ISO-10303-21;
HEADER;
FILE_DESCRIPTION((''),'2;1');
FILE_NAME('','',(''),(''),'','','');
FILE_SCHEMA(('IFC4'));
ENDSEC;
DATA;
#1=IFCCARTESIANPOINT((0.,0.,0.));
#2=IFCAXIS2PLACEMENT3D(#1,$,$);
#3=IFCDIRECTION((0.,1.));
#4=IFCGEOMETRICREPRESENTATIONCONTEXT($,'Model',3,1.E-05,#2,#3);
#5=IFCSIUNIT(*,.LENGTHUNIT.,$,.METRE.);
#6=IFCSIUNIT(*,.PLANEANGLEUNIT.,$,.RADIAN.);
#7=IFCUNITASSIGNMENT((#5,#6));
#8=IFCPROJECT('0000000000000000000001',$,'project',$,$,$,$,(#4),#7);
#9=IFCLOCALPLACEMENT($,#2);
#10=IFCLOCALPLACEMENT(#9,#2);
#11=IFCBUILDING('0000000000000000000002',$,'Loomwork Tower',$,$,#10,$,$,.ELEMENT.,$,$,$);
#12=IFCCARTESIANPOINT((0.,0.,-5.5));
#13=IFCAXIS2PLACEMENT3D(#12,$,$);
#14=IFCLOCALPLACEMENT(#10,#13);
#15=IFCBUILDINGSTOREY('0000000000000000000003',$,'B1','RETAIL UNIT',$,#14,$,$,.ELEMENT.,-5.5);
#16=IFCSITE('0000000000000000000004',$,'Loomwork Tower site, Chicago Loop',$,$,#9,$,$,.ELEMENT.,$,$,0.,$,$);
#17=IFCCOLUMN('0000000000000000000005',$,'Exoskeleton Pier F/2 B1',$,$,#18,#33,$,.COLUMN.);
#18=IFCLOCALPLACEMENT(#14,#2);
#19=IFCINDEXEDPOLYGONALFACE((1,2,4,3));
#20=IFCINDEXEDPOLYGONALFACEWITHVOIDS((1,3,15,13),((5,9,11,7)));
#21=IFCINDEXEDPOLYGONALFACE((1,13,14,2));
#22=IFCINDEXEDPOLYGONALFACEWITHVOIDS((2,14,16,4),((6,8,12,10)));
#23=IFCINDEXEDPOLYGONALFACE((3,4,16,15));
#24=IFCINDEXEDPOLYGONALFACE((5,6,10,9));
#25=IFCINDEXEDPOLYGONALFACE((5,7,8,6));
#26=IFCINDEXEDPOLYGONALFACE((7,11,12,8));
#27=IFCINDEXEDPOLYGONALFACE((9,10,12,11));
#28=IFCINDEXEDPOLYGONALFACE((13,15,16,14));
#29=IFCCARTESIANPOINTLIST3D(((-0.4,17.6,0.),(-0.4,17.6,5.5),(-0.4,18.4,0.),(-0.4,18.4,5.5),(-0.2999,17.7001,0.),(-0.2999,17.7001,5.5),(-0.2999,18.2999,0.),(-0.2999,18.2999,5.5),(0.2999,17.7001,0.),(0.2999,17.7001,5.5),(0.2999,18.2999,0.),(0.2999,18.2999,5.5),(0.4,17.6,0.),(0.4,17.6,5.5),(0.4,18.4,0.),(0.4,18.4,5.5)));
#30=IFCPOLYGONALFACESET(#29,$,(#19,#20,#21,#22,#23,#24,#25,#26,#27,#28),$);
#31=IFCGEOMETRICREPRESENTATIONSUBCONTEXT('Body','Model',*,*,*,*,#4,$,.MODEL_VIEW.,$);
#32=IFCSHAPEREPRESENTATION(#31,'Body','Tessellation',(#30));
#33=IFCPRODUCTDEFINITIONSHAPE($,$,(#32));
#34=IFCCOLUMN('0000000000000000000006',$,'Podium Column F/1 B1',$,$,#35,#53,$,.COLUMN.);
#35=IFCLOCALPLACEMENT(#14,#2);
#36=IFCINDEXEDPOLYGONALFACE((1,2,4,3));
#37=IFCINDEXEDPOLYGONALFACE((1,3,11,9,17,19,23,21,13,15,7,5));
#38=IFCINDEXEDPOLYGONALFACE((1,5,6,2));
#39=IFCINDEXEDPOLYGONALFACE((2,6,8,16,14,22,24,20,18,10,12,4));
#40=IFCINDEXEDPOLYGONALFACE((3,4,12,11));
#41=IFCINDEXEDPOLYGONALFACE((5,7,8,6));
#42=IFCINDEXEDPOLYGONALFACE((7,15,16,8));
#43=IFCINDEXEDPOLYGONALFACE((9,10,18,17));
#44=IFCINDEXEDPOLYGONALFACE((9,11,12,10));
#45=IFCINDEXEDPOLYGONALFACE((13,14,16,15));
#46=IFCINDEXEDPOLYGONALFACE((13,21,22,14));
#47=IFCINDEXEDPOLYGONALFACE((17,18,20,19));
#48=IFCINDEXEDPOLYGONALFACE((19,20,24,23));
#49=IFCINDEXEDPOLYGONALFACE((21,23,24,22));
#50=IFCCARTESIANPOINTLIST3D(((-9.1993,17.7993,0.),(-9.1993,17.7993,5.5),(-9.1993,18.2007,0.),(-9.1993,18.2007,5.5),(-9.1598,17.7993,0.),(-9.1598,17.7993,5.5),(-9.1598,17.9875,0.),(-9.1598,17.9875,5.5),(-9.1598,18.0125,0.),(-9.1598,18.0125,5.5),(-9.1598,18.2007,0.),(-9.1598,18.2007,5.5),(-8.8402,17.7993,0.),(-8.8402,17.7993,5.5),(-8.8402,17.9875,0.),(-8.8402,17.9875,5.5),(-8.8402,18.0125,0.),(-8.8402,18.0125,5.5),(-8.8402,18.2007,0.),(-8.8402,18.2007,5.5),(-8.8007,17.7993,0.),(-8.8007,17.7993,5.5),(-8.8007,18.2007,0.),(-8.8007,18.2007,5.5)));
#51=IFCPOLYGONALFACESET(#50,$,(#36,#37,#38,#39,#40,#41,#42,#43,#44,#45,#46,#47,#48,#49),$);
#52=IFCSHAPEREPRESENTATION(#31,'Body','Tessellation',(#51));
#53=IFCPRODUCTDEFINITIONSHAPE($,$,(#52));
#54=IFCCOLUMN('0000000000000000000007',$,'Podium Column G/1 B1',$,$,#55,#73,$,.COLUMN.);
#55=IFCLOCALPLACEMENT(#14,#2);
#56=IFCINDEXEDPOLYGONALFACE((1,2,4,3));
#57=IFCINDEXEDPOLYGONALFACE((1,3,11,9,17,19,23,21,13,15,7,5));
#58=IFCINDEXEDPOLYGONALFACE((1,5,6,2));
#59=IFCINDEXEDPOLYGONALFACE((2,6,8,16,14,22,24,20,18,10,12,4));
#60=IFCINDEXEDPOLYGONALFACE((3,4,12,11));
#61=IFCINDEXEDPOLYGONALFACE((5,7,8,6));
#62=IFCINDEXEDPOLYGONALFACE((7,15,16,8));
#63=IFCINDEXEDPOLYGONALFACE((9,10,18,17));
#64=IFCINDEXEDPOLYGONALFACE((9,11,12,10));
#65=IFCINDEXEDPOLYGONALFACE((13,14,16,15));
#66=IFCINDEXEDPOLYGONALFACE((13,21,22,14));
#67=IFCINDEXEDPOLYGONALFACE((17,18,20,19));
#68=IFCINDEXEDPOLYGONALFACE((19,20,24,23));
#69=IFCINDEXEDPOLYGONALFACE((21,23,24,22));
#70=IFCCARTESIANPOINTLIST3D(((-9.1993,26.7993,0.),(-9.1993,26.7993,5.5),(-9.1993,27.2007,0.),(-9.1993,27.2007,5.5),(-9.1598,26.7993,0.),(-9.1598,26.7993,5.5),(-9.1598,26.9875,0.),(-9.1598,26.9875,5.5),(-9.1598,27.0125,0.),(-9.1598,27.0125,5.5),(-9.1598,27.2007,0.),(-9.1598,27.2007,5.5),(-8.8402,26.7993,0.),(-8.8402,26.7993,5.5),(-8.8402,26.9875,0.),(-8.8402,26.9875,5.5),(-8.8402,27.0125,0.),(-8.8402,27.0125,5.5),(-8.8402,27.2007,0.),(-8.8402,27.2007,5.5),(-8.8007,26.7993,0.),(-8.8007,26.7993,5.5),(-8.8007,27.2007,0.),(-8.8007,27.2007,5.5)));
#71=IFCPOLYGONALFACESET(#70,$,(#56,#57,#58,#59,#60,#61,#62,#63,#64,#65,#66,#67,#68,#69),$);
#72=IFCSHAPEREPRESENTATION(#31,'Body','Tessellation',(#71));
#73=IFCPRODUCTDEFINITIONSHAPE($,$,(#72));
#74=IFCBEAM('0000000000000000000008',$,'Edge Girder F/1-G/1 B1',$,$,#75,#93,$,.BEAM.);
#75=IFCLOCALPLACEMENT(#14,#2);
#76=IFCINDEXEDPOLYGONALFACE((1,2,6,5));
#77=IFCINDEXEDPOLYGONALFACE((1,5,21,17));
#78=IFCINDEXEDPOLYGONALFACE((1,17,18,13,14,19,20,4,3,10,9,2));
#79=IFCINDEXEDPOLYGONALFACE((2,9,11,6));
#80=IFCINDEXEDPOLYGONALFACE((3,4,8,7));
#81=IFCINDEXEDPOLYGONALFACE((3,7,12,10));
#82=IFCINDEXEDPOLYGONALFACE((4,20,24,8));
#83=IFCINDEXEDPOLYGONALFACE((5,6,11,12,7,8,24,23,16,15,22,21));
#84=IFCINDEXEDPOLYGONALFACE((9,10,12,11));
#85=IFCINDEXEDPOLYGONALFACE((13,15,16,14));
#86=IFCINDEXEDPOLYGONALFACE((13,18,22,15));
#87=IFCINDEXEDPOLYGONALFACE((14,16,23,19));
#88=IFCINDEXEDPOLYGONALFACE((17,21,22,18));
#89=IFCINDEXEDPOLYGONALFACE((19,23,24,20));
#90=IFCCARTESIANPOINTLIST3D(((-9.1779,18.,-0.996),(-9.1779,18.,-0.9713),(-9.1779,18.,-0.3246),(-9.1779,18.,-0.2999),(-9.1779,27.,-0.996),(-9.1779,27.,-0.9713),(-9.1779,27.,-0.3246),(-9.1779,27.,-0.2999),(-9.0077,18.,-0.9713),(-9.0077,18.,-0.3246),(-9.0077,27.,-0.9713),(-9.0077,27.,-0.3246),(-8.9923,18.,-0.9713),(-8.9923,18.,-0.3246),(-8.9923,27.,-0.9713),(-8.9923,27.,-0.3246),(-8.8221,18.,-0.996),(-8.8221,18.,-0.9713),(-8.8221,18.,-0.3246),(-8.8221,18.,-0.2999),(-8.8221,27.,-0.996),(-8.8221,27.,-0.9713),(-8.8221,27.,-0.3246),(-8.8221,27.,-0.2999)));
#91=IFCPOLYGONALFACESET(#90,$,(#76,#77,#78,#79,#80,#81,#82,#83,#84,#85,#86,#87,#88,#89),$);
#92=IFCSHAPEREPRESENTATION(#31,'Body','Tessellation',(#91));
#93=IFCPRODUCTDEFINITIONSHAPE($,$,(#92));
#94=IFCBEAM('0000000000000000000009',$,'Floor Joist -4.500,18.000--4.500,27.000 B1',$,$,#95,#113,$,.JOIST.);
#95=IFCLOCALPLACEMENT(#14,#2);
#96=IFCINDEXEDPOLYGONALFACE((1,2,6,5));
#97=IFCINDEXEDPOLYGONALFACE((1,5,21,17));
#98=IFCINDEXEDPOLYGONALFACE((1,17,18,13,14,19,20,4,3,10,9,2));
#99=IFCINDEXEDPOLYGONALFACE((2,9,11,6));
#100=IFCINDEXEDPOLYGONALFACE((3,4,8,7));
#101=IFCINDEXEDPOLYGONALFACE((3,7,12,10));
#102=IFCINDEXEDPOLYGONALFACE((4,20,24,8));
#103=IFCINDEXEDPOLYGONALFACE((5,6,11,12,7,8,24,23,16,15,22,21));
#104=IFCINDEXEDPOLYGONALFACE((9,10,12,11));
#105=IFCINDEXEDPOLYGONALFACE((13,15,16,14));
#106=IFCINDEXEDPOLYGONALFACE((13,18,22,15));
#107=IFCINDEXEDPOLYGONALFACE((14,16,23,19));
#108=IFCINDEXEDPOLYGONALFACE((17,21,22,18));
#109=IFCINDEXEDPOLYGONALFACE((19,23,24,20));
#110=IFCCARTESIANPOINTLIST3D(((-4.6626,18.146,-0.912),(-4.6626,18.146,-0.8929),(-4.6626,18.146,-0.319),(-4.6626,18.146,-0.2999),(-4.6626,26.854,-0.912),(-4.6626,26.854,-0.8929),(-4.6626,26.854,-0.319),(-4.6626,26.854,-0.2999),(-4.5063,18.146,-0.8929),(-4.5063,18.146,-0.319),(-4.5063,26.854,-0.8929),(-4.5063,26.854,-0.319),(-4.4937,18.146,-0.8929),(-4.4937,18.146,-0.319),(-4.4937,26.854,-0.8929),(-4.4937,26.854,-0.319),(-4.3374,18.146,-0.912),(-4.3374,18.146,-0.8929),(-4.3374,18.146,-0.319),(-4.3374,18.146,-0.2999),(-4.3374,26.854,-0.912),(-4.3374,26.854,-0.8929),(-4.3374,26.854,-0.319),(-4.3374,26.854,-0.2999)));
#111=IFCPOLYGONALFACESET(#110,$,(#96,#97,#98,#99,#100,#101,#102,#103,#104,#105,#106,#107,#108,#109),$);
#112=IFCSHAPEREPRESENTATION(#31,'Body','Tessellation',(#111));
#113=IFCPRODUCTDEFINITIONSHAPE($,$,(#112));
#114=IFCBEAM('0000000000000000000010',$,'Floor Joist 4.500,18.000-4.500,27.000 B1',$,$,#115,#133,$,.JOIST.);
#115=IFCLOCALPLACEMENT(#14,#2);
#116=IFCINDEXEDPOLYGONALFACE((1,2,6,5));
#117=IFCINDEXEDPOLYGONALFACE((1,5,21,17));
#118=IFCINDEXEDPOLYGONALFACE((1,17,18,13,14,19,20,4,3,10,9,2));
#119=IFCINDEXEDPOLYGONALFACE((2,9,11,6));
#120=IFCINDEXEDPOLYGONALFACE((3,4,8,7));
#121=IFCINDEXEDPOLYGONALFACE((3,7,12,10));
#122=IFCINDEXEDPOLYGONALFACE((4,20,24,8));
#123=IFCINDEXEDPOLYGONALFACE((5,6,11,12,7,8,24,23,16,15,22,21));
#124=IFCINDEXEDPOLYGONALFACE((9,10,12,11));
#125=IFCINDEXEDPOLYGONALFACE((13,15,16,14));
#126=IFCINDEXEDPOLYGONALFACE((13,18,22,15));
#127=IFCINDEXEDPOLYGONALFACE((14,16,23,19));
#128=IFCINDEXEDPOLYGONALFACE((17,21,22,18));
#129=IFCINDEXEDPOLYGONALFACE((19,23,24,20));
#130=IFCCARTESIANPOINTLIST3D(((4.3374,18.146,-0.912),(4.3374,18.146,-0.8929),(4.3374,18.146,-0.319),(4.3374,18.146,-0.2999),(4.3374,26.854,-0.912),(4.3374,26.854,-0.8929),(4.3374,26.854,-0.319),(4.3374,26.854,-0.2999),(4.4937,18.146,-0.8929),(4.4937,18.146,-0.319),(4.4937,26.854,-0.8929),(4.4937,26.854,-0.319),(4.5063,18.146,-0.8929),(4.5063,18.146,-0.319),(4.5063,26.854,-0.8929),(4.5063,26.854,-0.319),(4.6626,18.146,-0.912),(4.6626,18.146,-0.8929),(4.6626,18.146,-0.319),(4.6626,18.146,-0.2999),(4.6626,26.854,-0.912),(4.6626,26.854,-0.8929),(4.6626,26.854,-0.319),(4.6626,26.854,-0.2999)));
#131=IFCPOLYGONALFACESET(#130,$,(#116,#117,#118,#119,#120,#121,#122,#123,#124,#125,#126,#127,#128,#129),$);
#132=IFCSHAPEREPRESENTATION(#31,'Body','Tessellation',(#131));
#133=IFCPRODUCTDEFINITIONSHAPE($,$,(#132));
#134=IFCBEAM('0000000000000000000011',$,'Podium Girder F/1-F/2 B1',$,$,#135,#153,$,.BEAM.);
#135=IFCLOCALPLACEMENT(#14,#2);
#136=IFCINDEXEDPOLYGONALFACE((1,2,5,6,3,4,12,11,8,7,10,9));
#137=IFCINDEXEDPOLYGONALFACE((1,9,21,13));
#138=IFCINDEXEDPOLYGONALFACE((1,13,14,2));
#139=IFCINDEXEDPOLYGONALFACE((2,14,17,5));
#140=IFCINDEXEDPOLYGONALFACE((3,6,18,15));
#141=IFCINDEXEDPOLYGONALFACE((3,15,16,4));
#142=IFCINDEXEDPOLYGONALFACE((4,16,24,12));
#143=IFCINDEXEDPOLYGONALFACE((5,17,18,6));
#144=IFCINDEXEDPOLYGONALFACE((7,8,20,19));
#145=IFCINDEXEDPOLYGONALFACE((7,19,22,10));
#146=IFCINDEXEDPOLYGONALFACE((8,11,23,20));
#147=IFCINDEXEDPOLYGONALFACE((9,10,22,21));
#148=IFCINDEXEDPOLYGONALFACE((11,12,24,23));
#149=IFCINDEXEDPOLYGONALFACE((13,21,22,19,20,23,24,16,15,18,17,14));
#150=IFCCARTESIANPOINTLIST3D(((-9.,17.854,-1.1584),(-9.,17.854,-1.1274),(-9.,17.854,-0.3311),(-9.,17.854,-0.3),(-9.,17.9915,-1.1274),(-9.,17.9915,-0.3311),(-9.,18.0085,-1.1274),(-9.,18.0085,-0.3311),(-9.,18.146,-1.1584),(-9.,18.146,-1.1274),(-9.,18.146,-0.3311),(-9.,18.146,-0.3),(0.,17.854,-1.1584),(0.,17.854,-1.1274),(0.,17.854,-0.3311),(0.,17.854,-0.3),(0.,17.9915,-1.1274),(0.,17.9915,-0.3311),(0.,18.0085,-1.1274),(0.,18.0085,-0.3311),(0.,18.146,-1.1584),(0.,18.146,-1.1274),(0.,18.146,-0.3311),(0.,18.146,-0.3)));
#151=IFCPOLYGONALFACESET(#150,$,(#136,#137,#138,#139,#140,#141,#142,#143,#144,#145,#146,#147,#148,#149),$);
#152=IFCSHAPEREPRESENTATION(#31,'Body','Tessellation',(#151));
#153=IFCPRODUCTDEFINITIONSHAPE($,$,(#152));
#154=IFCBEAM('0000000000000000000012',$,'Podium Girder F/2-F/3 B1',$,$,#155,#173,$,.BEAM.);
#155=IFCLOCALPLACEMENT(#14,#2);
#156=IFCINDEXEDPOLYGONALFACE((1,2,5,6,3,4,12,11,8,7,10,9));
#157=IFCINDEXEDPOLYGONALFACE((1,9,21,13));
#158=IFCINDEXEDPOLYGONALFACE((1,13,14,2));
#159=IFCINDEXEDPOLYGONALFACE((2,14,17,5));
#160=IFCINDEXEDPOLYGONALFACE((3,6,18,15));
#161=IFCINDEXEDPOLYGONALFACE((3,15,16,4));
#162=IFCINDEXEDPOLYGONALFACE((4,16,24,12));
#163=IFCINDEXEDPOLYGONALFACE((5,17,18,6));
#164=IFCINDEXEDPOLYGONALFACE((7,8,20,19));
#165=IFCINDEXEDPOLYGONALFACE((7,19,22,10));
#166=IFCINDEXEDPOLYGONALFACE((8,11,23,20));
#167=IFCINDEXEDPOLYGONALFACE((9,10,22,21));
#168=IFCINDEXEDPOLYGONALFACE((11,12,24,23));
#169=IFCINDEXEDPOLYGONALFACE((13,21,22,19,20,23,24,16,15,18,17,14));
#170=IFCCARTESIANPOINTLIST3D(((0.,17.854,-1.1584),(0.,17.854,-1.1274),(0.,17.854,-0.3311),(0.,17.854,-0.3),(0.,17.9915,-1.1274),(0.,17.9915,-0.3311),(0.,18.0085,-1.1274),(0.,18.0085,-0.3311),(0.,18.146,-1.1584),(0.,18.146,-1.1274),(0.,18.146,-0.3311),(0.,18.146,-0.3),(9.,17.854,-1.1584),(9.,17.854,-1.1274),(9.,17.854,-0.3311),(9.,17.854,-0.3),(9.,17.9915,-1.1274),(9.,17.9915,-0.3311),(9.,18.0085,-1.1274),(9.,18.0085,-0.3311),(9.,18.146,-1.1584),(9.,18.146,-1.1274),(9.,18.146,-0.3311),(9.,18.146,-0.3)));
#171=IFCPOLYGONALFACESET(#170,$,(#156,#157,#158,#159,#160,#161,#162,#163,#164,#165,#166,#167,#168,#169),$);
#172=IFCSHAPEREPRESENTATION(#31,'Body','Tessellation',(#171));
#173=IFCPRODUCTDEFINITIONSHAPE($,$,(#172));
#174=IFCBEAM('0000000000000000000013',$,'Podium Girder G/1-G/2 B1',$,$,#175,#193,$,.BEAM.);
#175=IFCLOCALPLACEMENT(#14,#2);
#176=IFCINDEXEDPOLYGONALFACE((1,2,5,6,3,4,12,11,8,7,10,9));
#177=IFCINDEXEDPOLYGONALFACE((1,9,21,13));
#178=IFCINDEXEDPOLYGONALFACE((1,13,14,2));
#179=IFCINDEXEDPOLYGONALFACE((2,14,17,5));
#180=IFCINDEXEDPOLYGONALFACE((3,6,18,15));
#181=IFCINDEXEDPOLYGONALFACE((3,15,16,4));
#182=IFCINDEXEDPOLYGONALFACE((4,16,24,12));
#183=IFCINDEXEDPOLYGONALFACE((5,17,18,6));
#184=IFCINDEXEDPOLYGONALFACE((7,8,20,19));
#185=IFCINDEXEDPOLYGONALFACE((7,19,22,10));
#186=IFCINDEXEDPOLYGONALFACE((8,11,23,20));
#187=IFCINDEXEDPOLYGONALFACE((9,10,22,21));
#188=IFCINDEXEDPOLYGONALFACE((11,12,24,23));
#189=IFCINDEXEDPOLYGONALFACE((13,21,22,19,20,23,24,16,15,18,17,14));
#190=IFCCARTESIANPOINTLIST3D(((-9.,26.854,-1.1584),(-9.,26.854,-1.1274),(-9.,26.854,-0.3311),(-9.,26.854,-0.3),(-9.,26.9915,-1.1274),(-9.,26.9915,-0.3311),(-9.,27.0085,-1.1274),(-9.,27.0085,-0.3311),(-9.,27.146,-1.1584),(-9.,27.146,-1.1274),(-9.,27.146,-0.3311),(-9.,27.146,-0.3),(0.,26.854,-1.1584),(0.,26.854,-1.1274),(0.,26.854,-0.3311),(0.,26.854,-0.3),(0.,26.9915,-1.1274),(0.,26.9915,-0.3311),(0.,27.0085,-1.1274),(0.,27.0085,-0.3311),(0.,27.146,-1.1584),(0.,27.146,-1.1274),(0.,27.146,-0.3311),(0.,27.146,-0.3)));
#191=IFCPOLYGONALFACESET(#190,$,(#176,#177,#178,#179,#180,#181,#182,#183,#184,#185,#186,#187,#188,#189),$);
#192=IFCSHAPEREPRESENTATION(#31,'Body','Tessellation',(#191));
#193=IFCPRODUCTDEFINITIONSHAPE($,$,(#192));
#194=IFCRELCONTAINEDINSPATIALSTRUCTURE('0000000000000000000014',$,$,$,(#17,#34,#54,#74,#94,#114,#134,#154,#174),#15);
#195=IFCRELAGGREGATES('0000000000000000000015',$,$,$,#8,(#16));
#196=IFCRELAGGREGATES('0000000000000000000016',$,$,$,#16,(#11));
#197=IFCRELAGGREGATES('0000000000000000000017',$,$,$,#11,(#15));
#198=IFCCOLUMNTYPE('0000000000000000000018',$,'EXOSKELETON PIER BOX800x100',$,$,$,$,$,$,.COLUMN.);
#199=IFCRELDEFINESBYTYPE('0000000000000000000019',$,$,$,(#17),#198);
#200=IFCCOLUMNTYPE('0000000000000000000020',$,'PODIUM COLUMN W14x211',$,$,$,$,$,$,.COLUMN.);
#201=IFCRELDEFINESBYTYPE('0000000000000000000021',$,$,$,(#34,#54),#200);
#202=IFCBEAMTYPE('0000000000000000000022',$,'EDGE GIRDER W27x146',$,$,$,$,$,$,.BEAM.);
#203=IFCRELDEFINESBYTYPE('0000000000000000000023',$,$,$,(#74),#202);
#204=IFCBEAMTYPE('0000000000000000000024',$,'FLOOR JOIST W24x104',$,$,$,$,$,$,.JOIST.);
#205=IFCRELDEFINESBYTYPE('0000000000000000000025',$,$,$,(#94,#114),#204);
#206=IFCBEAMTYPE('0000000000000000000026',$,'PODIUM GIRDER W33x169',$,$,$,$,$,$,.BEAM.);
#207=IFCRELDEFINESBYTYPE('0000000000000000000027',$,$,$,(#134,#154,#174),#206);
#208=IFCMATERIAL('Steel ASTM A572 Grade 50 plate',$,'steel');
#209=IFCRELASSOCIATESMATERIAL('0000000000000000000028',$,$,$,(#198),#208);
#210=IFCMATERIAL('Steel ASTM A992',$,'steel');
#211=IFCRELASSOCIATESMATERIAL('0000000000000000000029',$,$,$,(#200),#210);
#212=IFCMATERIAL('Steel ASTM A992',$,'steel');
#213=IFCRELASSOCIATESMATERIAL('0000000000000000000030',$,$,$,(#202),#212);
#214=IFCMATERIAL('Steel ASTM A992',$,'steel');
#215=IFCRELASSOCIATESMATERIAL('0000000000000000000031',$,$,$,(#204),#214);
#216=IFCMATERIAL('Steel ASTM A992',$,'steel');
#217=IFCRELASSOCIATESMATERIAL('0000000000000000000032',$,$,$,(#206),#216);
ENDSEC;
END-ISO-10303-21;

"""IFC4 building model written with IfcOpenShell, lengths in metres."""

from ifc_helpers import new_model, si_unit, direction, frame, origin, origin_2d, place, context, subcontext, project, spatial, hollow_rectangle, i_section, extrude, material, material_profile, profile_set, type_object, element, save


model = new_model("IFC4")

# Units and contexts
model_context = context("Model", 3, precision=1e-05, world=origin(), true_north=direction((0.0, 1.0)))
body_context = subcontext(model_context, "Body", "Model", "MODEL_VIEW")
ifc_project = project(units=[si_unit("LENGTHUNIT", "METRE"), si_unit("PLANEANGLEUNIT", "RADIAN")], contexts=[model_context])

# Site, building, storey
site_placement = place(None, origin())
site = spatial("IfcSite", under=ifc_project, at=site_placement, Name="Loomwork Tower site, Chicago Loop", CompositionType="ELEMENT", RefElevation=0.0)
building_placement = place(site_placement, origin())
building = spatial("IfcBuilding", under=site, at=building_placement, Name="Loomwork Tower", CompositionType="ELEMENT")
storey_placement = place(building_placement, frame((0.0, 0.0, -5.5)))
storey = spatial("IfcBuildingStorey", under=building, at=storey_placement, Name="B1", Description="RETAIL UNIT", CompositionType="ELEMENT", Elevation=-5.5)

# Columns
ifc_material_1 = material(Name="Steel ASTM A572 Grade 50 plate", Category="steel")
ifc_material_profile_1 = material_profile(ifc_material_1, hollow_rectangle(XDim=0.8, YDim=0.8, WallThickness=0.1001, at=origin_2d()), Name="BOX800x100")
ifc_profile_set_1 = profile_set([ifc_material_profile_1], Name="Steel ASTM A572 Grade 50 plate")
column_type_1 = type_object("IfcColumnType", Name="EXOSKELETON PIER BOX800x100", PredefinedType="COLUMN", material=ifc_profile_set_1)
column_placement = place(storey_placement, frame((0.0, 18.0, 0.0), z_axis=(0.0, 0.0, 1.0), x_axis=(0.0, 1.0, 0.0)))
element("IfcColumn", 1, at=column_placement, inside=storey, type_object=column_type_1, Name="Exoskeleton Pier F/2 B1", PredefinedType="COLUMN", context=body_context, shape_type="SweptSolid", body=[
    extrude(hollow_rectangle(XDim=0.8, YDim=0.8, WallThickness=0.1001, at=origin_2d()), origin(), (0.0, 0.0, 1.0), 5.5),
])
ifc_material_2 = material(Name="Steel ASTM A992", Category="steel")
ifc_material_profile_2 = material_profile(ifc_material_2, i_section(OverallWidth=0.4014, OverallDepth=0.3987, WebThickness=0.0249, FlangeThickness=0.0396, at=origin_2d()), Name="W14x211")
ifc_profile_set_2 = profile_set([ifc_material_profile_2], Name="Steel ASTM A992")
column_type_2 = type_object("IfcColumnType", Name="PODIUM COLUMN W14x211", PredefinedType="COLUMN", material=ifc_profile_set_2)
for number, where, z_axis, x_axis, name in (
    (2, (-9.0, 18.0, 0.0), (0.0, 0.0, 1.0), (0.0, 1.0, 0.0), "Podium Column F/1 B1"),
    (3, (-9.0, 27.0, 0.0), (0.0, 0.0, 1.0), (0.0, 1.0, 0.0), "Podium Column G/1 B1"),
):
    element("IfcColumn", number, at=place(storey_placement, frame(where, z_axis=z_axis, x_axis=x_axis)), inside=storey, type_object=column_type_2, Name=name, PredefinedType="COLUMN", context=body_context, shape_type="SweptSolid", body=[
        extrude(i_section(OverallWidth=0.4014, OverallDepth=0.3987, WebThickness=0.0249, FlangeThickness=0.0396, at=origin_2d()), origin(), (0.0, 0.0, 1.0), 5.5),
    ])

# Beams
ifc_material_3 = material(Name="Steel ASTM A992", Category="steel")
ifc_material_profile_3 = material_profile(ifc_material_3, i_section(OverallWidth=0.3557, OverallDepth=0.696, WebThickness=0.0154, FlangeThickness=0.0247, at=origin_2d()), Name="W27x146")
ifc_profile_set_3 = profile_set([ifc_material_profile_3], Name="Steel ASTM A992")
beam_type_1 = type_object("IfcBeamType", Name="EDGE GIRDER W27x146", PredefinedType="BEAM", material=ifc_profile_set_3)
beam_placement = place(storey_placement, frame((-9.0, 18.0, -0.6479), z_axis=(0.0, 1.0, 0.0), x_axis=(-1.0, 0.0, 0.0)))
element("IfcBeam", 4, at=beam_placement, inside=storey, type_object=beam_type_1, Name="Edge Girder F/1-G/1 B1", PredefinedType="BEAM", context=body_context, shape_type="SweptSolid", body=[
    extrude(i_section(OverallWidth=0.3557, OverallDepth=0.696, WebThickness=0.0154, FlangeThickness=0.0247, at=origin_2d()), origin(), (0.0, 0.0, 1.0), 9.0),
])
ifc_material_4 = material(Name="Steel ASTM A992", Category="steel")
ifc_material_profile_4 = material_profile(ifc_material_4, i_section(OverallWidth=0.3252, OverallDepth=0.6121, WebThickness=0.0127, FlangeThickness=0.019, at=origin_2d()), Name="W24x104")
ifc_profile_set_4 = profile_set([ifc_material_profile_4], Name="Steel ASTM A992")
beam_type_2 = type_object("IfcBeamType", Name="FLOOR JOIST W24x104", PredefinedType="JOIST", material=ifc_profile_set_4)
for number, where, z_axis, x_axis, name in (
    (5, (-4.5, 18.146, -0.606), (0.0, 1.0, 0.0), (-1.0, 0.0, 0.0), "Floor Joist -4.500,18.000--4.500,27.000 B1"),
    (6, (4.5, 18.146, -0.606), (0.0, 1.0, 0.0), (-1.0, 0.0, 0.0), "Floor Joist 4.500,18.000-4.500,27.000 B1"),
):
    element("IfcBeam", number, at=place(storey_placement, frame(where, z_axis=z_axis, x_axis=x_axis)), inside=storey, type_object=beam_type_2, Name=name, PredefinedType="JOIST", context=body_context, shape_type="SweptSolid", body=[
        extrude(i_section(OverallWidth=0.3252, OverallDepth=0.6121, WebThickness=0.0127, FlangeThickness=0.019, at=origin_2d()), origin(), (0.0, 0.0, 1.0), 8.708),
    ])
ifc_material_5 = material(Name="Steel ASTM A992", Category="steel")
ifc_material_profile_5 = material_profile(ifc_material_5, i_section(OverallWidth=0.292, OverallDepth=0.8584, WebThickness=0.0171, FlangeThickness=0.031, at=origin_2d()), Name="W33x169")
ifc_profile_set_5 = profile_set([ifc_material_profile_5], Name="Steel ASTM A992")
beam_type_3 = type_object("IfcBeamType", Name="PODIUM GIRDER W33x169", PredefinedType="BEAM", material=ifc_profile_set_5)
for number, where, z_axis, x_axis, name in (
    (7, (-9.0, 18.0, -0.7292), (1.0, 0.0, 0.0), (0.0, 1.0, 0.0), "Podium Girder F/1-F/2 B1"),
    (8, (0.0, 18.0, -0.7292), (1.0, 0.0, 0.0), (0.0, 1.0, 0.0), "Podium Girder F/2-F/3 B1"),
    (9, (-9.0, 27.0, -0.7292), (1.0, 0.0, 0.0), (0.0, 1.0, 0.0), "Podium Girder G/1-G/2 B1"),
):
    element("IfcBeam", number, at=place(storey_placement, frame(where, z_axis=z_axis, x_axis=x_axis)), inside=storey, type_object=beam_type_3, Name=name, PredefinedType="BEAM", context=body_context, shape_type="SweptSolid", body=[
        extrude(i_section(OverallWidth=0.292, OverallDepth=0.8584, WebThickness=0.0171, FlangeThickness=0.031, at=origin_2d()), origin(), (0.0, 0.0, 1.0), 9.0),
    ])

save(model, "model.ifc")
